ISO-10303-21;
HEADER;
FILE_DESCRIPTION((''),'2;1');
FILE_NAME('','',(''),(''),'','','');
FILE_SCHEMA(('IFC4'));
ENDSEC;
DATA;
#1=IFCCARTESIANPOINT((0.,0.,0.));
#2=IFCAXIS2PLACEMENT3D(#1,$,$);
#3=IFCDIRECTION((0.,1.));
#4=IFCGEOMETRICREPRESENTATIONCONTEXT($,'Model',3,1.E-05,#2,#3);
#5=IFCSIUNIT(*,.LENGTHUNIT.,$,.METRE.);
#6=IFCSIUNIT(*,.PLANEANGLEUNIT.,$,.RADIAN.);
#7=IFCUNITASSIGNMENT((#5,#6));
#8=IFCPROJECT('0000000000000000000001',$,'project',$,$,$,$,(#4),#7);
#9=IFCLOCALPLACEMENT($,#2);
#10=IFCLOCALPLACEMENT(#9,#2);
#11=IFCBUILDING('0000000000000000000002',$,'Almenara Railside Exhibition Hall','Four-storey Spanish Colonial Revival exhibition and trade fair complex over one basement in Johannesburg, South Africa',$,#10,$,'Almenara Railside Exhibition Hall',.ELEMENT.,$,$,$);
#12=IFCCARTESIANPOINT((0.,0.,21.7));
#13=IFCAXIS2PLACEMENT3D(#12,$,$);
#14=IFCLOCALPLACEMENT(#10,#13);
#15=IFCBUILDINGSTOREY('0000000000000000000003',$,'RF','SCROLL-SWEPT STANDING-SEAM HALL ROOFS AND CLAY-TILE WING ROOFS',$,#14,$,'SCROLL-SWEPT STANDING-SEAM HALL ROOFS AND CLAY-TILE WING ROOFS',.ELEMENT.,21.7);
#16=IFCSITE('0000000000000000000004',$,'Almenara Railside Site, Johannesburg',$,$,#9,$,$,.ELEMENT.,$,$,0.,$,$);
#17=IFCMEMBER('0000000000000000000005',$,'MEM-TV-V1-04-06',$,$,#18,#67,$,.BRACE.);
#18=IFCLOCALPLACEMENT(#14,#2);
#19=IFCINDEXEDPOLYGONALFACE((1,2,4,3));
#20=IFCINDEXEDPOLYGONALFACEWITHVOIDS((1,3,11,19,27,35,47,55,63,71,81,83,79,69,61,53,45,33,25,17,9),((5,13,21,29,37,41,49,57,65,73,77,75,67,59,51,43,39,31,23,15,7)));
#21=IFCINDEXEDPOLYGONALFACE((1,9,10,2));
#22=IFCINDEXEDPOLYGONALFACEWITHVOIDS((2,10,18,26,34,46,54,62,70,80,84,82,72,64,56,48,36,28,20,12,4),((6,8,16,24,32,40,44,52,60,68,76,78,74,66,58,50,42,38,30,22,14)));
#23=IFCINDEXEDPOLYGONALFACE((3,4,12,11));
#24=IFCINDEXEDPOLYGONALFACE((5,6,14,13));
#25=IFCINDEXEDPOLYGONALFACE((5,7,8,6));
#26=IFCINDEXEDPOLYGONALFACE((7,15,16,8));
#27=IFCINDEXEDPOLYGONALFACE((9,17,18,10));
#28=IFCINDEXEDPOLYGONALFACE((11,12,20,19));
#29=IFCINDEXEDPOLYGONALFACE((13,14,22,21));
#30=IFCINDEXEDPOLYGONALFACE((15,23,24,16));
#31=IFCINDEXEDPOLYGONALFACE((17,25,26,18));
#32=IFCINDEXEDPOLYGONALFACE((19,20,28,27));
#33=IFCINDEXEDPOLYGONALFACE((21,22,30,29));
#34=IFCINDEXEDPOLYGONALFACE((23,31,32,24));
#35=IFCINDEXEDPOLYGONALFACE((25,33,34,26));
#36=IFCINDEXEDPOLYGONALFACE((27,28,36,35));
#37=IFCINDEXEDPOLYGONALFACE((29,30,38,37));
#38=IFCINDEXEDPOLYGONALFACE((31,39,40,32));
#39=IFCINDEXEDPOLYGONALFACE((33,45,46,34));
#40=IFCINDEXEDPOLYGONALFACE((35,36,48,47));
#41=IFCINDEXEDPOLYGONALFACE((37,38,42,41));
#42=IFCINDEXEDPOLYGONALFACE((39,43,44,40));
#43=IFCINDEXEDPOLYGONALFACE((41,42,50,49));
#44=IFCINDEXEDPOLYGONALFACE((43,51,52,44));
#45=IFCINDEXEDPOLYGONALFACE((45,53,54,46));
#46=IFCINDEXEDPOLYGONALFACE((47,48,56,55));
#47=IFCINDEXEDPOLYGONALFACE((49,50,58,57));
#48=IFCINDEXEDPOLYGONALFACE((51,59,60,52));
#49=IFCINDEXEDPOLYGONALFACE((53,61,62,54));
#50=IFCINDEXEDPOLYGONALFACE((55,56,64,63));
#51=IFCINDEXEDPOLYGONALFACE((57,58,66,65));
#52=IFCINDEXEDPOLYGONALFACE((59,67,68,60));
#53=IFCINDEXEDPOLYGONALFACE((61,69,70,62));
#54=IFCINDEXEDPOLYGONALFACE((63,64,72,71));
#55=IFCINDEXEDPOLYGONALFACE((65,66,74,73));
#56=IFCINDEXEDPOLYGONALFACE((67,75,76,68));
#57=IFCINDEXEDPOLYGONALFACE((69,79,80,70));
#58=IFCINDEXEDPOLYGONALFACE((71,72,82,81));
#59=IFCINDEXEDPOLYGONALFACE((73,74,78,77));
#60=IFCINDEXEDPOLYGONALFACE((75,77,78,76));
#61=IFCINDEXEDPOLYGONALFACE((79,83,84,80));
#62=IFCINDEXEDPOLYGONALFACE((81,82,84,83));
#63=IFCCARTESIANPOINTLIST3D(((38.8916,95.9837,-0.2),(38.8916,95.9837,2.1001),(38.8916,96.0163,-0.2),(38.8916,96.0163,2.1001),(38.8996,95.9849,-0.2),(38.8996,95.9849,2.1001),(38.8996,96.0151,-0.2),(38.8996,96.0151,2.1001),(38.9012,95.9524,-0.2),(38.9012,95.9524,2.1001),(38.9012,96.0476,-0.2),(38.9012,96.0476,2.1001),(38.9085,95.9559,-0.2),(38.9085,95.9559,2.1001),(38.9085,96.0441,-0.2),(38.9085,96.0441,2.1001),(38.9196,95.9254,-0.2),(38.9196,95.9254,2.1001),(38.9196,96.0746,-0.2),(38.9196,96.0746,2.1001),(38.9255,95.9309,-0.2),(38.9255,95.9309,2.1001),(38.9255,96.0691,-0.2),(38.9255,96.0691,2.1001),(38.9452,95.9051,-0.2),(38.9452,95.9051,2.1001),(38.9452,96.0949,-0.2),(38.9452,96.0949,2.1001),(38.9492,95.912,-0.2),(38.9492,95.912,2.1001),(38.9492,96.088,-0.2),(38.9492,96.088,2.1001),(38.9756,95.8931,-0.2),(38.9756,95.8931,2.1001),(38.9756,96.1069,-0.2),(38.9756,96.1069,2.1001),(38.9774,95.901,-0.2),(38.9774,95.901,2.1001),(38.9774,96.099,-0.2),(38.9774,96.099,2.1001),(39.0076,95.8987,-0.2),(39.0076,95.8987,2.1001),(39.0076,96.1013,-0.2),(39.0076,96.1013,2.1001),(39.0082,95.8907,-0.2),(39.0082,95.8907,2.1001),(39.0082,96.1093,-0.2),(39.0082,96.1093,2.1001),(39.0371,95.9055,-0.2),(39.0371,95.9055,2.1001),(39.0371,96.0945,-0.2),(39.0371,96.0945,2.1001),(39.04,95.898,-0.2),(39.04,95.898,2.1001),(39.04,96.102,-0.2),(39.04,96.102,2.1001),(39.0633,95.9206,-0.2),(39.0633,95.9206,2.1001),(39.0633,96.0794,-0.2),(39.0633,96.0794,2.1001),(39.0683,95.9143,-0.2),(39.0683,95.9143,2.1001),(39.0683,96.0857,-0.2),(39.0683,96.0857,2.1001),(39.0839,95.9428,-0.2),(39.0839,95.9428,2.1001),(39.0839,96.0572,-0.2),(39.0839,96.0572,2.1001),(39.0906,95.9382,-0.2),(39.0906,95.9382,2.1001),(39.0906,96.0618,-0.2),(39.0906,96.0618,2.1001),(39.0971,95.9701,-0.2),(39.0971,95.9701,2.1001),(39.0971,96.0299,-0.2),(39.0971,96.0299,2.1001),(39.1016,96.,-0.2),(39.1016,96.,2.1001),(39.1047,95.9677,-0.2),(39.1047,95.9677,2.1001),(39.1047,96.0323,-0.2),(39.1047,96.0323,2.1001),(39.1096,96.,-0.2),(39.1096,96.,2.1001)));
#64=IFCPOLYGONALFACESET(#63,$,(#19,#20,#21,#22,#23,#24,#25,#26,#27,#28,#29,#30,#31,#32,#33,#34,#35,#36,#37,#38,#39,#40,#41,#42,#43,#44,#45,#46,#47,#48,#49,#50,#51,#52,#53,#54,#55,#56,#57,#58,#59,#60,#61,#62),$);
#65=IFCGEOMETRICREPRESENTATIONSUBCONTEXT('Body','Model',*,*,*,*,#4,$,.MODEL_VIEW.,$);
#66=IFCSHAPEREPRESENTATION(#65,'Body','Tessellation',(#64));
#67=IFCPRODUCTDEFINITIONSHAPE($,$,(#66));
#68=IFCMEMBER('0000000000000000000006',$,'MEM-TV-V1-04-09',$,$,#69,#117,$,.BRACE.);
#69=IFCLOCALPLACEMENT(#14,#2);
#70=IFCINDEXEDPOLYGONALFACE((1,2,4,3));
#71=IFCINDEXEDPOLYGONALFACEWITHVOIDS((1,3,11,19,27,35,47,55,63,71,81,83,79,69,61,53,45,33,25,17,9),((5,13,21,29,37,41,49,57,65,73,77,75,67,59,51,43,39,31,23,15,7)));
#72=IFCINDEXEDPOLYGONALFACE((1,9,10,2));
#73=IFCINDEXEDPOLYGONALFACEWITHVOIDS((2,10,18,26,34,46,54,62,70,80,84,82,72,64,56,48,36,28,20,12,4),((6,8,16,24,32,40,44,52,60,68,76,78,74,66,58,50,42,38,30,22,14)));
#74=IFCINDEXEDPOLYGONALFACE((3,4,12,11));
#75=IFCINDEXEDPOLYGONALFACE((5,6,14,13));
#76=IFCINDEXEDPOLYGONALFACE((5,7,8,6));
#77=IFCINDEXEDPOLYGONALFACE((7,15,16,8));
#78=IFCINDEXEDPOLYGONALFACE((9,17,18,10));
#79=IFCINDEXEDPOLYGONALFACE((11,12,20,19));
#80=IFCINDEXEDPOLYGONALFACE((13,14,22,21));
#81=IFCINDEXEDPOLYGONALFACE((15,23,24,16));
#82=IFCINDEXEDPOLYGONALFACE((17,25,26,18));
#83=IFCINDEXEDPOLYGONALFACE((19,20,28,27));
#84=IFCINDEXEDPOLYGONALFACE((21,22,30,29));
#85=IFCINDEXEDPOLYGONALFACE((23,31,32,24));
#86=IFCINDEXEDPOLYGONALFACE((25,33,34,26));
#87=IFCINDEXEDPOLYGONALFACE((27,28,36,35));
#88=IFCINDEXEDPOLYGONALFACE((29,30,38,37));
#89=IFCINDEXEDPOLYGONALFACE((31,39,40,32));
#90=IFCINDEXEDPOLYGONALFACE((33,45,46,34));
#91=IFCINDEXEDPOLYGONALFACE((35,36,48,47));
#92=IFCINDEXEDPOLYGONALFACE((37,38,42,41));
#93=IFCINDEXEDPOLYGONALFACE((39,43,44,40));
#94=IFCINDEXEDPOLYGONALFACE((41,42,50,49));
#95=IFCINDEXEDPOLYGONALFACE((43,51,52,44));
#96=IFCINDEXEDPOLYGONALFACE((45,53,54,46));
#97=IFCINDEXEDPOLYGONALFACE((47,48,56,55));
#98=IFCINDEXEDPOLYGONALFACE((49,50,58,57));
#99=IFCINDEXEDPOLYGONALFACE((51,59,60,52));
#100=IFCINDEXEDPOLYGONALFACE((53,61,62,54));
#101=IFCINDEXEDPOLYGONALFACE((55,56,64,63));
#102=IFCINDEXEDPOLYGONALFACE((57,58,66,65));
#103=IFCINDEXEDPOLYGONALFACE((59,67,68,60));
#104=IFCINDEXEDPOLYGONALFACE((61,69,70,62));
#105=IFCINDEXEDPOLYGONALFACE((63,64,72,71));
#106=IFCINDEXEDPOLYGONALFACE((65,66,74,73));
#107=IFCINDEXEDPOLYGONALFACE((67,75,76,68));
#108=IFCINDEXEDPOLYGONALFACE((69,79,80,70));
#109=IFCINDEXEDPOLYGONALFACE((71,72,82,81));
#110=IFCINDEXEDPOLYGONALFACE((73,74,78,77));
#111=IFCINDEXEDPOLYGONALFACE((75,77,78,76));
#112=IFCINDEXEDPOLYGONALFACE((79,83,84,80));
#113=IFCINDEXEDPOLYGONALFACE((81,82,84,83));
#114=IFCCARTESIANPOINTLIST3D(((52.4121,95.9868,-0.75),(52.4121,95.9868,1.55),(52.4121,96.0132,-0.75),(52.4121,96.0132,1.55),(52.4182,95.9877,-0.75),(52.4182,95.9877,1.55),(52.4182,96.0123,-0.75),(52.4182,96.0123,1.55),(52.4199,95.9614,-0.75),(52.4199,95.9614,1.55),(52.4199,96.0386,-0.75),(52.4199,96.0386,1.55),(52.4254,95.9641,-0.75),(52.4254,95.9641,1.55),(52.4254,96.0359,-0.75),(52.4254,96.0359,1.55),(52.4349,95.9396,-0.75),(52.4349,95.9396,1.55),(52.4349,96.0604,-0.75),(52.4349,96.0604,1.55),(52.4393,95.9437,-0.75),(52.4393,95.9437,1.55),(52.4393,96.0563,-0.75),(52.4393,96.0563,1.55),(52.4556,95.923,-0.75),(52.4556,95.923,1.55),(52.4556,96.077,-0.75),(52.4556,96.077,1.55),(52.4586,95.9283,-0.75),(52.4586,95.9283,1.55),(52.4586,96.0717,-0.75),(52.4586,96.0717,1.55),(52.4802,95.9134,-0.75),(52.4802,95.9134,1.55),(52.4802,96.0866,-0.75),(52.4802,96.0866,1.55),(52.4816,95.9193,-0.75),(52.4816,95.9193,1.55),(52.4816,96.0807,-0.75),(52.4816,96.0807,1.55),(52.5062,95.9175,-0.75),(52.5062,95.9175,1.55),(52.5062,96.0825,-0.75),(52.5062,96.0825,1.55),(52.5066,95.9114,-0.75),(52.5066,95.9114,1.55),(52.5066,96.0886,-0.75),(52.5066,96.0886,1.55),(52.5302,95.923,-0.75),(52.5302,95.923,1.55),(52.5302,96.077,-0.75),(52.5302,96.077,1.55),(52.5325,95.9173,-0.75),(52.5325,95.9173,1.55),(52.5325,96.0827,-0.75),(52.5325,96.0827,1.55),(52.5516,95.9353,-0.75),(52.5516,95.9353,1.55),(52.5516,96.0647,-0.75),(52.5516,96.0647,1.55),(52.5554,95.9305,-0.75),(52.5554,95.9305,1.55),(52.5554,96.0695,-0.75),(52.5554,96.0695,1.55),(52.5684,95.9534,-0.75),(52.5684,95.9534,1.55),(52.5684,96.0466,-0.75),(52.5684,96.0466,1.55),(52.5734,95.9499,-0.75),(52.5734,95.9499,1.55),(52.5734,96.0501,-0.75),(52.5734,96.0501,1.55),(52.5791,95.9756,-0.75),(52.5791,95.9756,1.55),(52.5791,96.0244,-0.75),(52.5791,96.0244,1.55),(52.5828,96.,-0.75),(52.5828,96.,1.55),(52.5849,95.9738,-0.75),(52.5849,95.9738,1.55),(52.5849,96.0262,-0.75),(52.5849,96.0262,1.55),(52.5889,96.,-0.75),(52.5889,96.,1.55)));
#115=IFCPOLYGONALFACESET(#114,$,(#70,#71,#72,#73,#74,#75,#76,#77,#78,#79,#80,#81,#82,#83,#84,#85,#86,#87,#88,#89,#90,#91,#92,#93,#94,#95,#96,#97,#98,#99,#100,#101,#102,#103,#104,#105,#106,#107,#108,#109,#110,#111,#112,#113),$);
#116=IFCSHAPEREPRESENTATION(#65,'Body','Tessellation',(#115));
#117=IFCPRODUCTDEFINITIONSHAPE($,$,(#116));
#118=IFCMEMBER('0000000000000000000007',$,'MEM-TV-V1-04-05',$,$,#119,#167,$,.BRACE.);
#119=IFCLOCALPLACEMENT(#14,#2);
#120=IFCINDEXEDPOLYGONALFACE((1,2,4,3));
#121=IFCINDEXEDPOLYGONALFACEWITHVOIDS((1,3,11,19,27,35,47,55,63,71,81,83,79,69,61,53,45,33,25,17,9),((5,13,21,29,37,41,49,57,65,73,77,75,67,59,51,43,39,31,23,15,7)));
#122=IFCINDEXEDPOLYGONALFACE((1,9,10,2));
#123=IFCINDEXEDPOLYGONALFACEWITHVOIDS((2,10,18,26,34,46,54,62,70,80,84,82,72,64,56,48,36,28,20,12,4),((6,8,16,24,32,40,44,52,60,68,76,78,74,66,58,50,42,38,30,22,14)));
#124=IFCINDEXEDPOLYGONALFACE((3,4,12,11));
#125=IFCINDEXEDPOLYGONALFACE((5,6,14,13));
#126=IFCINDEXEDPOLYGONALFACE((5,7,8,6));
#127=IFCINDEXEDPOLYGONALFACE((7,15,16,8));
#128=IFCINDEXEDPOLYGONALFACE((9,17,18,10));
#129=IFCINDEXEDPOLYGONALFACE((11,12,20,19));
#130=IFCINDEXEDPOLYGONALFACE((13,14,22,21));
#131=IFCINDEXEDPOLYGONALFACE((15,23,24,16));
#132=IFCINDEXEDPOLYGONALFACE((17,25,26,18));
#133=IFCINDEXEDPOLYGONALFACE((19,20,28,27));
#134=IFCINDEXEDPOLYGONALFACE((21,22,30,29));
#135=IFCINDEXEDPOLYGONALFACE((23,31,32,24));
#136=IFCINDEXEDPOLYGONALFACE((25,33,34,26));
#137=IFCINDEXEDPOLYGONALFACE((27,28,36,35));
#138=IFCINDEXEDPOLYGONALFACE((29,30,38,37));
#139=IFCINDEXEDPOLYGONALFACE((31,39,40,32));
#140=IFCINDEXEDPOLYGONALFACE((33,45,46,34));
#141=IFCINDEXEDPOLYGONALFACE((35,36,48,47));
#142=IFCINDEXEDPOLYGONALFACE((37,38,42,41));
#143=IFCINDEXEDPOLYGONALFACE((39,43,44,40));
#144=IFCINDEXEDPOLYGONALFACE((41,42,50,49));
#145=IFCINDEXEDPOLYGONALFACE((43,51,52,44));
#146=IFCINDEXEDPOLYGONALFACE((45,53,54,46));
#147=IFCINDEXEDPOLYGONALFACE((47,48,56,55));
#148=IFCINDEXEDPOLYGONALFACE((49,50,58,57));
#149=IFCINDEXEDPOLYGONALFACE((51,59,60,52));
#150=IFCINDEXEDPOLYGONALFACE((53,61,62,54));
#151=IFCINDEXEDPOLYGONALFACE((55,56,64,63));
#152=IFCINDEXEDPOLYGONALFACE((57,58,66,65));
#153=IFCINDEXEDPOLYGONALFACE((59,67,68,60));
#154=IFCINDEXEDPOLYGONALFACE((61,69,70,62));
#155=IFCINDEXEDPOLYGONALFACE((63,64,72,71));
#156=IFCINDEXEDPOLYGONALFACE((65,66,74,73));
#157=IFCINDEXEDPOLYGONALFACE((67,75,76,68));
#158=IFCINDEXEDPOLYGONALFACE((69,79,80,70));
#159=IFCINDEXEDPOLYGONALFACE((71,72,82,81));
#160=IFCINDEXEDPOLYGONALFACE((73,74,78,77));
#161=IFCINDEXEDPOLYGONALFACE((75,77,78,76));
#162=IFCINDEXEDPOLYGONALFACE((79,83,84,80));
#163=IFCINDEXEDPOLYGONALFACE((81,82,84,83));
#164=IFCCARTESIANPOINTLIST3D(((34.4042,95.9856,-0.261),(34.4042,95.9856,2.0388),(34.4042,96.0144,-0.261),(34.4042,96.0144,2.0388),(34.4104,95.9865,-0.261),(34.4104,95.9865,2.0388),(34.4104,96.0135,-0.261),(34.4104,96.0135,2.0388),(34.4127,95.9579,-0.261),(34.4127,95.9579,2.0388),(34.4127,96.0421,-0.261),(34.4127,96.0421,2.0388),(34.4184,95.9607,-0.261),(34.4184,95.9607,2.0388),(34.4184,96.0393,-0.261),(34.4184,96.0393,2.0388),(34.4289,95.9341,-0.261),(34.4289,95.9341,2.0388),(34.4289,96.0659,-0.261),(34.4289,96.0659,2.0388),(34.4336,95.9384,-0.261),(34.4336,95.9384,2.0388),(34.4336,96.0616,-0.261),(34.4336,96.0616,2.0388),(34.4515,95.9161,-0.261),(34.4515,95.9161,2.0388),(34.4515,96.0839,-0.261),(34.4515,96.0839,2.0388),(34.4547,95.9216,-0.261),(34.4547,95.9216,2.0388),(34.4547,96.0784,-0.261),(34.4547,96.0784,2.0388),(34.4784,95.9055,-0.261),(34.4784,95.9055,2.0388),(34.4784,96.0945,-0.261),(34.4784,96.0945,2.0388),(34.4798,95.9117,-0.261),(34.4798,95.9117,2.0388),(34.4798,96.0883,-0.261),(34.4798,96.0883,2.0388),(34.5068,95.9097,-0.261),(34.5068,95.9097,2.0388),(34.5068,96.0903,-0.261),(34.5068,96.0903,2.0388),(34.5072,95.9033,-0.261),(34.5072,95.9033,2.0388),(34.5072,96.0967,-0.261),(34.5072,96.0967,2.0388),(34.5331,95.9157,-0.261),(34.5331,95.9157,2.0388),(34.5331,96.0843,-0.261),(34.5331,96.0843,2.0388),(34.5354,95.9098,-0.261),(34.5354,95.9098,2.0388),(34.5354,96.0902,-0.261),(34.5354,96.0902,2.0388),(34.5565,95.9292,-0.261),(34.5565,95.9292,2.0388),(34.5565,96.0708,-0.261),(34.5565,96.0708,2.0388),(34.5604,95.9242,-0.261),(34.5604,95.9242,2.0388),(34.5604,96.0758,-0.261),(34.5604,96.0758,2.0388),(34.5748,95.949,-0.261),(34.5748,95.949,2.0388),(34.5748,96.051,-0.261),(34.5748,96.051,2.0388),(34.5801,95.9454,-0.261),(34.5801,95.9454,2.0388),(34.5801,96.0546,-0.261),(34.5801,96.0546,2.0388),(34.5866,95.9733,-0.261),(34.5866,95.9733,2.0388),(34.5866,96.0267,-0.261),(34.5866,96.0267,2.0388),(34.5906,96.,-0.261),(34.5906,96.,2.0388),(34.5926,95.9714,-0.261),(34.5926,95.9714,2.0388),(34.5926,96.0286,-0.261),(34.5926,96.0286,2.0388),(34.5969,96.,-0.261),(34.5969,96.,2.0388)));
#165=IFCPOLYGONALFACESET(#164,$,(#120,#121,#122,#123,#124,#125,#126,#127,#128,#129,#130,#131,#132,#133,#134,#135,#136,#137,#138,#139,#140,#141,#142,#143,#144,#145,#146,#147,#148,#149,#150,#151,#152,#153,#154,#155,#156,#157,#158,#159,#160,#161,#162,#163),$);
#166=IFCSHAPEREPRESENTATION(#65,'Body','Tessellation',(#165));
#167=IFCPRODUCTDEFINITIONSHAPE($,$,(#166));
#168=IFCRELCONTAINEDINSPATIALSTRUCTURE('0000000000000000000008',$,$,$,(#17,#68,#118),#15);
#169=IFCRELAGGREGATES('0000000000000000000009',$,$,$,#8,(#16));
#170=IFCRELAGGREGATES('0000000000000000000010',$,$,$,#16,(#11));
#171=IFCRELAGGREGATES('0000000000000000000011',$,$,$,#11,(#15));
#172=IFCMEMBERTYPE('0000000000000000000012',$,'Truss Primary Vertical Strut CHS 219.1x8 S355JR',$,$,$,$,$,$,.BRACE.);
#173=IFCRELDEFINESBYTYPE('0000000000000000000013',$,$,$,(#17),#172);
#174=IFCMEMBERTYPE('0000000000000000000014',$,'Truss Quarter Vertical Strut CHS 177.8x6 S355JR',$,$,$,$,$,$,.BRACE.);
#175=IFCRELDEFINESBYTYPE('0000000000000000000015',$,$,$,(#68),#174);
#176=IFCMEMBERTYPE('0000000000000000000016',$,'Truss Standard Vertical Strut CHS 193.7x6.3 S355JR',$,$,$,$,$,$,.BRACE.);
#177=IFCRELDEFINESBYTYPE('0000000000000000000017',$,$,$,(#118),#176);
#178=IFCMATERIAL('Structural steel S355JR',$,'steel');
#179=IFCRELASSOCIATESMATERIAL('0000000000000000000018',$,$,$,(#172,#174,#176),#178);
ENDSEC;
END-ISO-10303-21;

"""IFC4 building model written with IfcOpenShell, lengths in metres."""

from ifc_helpers import new_model, si_unit, direction, frame, origin, origin_2d, place, context, subcontext, project, spatial, hollow_circle, extrude, material, material_profile, profile_set, type_object, element, save


model = new_model("IFC4")

# Units and contexts
model_context = context("Model", 3, precision=1e-05, world=origin(), true_north=direction((0.0, 1.0)))
body_context = subcontext(model_context, "Body", "Model", "MODEL_VIEW")
ifc_project = project(units=[si_unit("LENGTHUNIT", "METRE"), si_unit("PLANEANGLEUNIT", "RADIAN")], contexts=[model_context])

# Site, building, storey
site_placement = place(None, origin())
site = spatial("IfcSite", under=ifc_project, at=site_placement, Name="Almenara Railside Site, Johannesburg", CompositionType="ELEMENT", RefElevation=0.0)
building_placement = place(site_placement, origin())
building = spatial("IfcBuilding", under=site, at=building_placement, Name="Almenara Railside Exhibition Hall", Description="Four-storey Spanish Colonial Revival exhibition and trade fair complex over one basement in Johannesburg, South Africa", LongName="Almenara Railside Exhibition Hall", CompositionType="ELEMENT")
storey_placement = place(building_placement, frame((0.0, 0.0, 21.7)))
storey = spatial("IfcBuildingStorey", under=building, at=storey_placement, Name="RF", Description="SCROLL-SWEPT STANDING-SEAM HALL ROOFS AND CLAY-TILE WING ROOFS", LongName="SCROLL-SWEPT STANDING-SEAM HALL ROOFS AND CLAY-TILE WING ROOFS", CompositionType="ELEMENT", Elevation=21.7)

# Members
ifc_material_1 = material(Name="Structural steel S355JR", Category="steel")
ifc_material_profile_1 = material_profile(ifc_material_1, hollow_circle(Radius=0.1096, WallThickness=0.0081, at=origin_2d()), Name="CHS 219.1x8")
ifc_profile_set_1 = profile_set([ifc_material_profile_1], Name="Structural steel S355JR")
member_type_1 = type_object("IfcMemberType", Name="Truss Primary Vertical Strut CHS 219.1x8 S355JR", PredefinedType="BRACE", material=ifc_profile_set_1)
member_1_placement = place(storey_placement, frame((39.0, 96.0, -0.2), z_axis=(0.0, 0.0, 1.0), x_axis=(1.0, 0.0, 0.0)))
element("IfcMember", 1, at=member_1_placement, inside=storey, type_object=member_type_1, Name="MEM-TV-V1-04-06", PredefinedType="BRACE", context=body_context, shape_type="SweptSolid", body=[
    extrude(hollow_circle(Radius=0.1096, WallThickness=0.0081, at=origin_2d()), origin(), (0.0, 0.0, 1.0), 2.3),
])
ifc_material_profile_2 = material_profile(ifc_material_1, hollow_circle(Radius=0.0889, WallThickness=0.0061, at=origin_2d()), Name="CHS 177.8x6")
ifc_profile_set_2 = profile_set([ifc_material_profile_2], Name="Structural steel S355JR")
member_type_2 = type_object("IfcMemberType", Name="Truss Quarter Vertical Strut CHS 177.8x6 S355JR", PredefinedType="BRACE", material=ifc_profile_set_2)
member_2_placement = place(storey_placement, frame((52.5, 96.0, -0.75), z_axis=(0.0, 0.0, 1.0), x_axis=(1.0, 0.0, 0.0)))
element("IfcMember", 2, at=member_2_placement, inside=storey, type_object=member_type_2, Name="MEM-TV-V1-04-09", PredefinedType="BRACE", context=body_context, shape_type="SweptSolid", body=[
    extrude(hollow_circle(Radius=0.0889, WallThickness=0.0061, at=origin_2d()), origin(), (0.0, 0.0, 1.0), 2.3),
])
ifc_material_profile_3 = material_profile(ifc_material_1, hollow_circle(Radius=0.0969, WallThickness=0.0063, at=origin_2d()), Name="CHS 193.7x6.3")
ifc_profile_set_3 = profile_set([ifc_material_profile_3], Name="Structural steel S355JR")
member_type_3 = type_object("IfcMemberType", Name="Truss Standard Vertical Strut CHS 193.7x6.3 S355JR", PredefinedType="BRACE", material=ifc_profile_set_3)
for number, where, z_axis, x_axis, name in (
    (3, (34.5, 96.0, -0.261), (0.0, 0.0, 1.0), (1.0, 0.0, 0.0), "MEM-TV-V1-04-05"),
):
    element("IfcMember", number, at=place(storey_placement, frame(where, z_axis=z_axis, x_axis=x_axis)), inside=storey, type_object=member_type_3, Name=name, PredefinedType="BRACE", context=body_context, shape_type="SweptSolid", body=[
        extrude(hollow_circle(Radius=0.0969, WallThickness=0.0063, at=origin_2d()), origin(), (0.0, 0.0, 1.0), 2.2998),
    ])

save(model, "model.ifc")
